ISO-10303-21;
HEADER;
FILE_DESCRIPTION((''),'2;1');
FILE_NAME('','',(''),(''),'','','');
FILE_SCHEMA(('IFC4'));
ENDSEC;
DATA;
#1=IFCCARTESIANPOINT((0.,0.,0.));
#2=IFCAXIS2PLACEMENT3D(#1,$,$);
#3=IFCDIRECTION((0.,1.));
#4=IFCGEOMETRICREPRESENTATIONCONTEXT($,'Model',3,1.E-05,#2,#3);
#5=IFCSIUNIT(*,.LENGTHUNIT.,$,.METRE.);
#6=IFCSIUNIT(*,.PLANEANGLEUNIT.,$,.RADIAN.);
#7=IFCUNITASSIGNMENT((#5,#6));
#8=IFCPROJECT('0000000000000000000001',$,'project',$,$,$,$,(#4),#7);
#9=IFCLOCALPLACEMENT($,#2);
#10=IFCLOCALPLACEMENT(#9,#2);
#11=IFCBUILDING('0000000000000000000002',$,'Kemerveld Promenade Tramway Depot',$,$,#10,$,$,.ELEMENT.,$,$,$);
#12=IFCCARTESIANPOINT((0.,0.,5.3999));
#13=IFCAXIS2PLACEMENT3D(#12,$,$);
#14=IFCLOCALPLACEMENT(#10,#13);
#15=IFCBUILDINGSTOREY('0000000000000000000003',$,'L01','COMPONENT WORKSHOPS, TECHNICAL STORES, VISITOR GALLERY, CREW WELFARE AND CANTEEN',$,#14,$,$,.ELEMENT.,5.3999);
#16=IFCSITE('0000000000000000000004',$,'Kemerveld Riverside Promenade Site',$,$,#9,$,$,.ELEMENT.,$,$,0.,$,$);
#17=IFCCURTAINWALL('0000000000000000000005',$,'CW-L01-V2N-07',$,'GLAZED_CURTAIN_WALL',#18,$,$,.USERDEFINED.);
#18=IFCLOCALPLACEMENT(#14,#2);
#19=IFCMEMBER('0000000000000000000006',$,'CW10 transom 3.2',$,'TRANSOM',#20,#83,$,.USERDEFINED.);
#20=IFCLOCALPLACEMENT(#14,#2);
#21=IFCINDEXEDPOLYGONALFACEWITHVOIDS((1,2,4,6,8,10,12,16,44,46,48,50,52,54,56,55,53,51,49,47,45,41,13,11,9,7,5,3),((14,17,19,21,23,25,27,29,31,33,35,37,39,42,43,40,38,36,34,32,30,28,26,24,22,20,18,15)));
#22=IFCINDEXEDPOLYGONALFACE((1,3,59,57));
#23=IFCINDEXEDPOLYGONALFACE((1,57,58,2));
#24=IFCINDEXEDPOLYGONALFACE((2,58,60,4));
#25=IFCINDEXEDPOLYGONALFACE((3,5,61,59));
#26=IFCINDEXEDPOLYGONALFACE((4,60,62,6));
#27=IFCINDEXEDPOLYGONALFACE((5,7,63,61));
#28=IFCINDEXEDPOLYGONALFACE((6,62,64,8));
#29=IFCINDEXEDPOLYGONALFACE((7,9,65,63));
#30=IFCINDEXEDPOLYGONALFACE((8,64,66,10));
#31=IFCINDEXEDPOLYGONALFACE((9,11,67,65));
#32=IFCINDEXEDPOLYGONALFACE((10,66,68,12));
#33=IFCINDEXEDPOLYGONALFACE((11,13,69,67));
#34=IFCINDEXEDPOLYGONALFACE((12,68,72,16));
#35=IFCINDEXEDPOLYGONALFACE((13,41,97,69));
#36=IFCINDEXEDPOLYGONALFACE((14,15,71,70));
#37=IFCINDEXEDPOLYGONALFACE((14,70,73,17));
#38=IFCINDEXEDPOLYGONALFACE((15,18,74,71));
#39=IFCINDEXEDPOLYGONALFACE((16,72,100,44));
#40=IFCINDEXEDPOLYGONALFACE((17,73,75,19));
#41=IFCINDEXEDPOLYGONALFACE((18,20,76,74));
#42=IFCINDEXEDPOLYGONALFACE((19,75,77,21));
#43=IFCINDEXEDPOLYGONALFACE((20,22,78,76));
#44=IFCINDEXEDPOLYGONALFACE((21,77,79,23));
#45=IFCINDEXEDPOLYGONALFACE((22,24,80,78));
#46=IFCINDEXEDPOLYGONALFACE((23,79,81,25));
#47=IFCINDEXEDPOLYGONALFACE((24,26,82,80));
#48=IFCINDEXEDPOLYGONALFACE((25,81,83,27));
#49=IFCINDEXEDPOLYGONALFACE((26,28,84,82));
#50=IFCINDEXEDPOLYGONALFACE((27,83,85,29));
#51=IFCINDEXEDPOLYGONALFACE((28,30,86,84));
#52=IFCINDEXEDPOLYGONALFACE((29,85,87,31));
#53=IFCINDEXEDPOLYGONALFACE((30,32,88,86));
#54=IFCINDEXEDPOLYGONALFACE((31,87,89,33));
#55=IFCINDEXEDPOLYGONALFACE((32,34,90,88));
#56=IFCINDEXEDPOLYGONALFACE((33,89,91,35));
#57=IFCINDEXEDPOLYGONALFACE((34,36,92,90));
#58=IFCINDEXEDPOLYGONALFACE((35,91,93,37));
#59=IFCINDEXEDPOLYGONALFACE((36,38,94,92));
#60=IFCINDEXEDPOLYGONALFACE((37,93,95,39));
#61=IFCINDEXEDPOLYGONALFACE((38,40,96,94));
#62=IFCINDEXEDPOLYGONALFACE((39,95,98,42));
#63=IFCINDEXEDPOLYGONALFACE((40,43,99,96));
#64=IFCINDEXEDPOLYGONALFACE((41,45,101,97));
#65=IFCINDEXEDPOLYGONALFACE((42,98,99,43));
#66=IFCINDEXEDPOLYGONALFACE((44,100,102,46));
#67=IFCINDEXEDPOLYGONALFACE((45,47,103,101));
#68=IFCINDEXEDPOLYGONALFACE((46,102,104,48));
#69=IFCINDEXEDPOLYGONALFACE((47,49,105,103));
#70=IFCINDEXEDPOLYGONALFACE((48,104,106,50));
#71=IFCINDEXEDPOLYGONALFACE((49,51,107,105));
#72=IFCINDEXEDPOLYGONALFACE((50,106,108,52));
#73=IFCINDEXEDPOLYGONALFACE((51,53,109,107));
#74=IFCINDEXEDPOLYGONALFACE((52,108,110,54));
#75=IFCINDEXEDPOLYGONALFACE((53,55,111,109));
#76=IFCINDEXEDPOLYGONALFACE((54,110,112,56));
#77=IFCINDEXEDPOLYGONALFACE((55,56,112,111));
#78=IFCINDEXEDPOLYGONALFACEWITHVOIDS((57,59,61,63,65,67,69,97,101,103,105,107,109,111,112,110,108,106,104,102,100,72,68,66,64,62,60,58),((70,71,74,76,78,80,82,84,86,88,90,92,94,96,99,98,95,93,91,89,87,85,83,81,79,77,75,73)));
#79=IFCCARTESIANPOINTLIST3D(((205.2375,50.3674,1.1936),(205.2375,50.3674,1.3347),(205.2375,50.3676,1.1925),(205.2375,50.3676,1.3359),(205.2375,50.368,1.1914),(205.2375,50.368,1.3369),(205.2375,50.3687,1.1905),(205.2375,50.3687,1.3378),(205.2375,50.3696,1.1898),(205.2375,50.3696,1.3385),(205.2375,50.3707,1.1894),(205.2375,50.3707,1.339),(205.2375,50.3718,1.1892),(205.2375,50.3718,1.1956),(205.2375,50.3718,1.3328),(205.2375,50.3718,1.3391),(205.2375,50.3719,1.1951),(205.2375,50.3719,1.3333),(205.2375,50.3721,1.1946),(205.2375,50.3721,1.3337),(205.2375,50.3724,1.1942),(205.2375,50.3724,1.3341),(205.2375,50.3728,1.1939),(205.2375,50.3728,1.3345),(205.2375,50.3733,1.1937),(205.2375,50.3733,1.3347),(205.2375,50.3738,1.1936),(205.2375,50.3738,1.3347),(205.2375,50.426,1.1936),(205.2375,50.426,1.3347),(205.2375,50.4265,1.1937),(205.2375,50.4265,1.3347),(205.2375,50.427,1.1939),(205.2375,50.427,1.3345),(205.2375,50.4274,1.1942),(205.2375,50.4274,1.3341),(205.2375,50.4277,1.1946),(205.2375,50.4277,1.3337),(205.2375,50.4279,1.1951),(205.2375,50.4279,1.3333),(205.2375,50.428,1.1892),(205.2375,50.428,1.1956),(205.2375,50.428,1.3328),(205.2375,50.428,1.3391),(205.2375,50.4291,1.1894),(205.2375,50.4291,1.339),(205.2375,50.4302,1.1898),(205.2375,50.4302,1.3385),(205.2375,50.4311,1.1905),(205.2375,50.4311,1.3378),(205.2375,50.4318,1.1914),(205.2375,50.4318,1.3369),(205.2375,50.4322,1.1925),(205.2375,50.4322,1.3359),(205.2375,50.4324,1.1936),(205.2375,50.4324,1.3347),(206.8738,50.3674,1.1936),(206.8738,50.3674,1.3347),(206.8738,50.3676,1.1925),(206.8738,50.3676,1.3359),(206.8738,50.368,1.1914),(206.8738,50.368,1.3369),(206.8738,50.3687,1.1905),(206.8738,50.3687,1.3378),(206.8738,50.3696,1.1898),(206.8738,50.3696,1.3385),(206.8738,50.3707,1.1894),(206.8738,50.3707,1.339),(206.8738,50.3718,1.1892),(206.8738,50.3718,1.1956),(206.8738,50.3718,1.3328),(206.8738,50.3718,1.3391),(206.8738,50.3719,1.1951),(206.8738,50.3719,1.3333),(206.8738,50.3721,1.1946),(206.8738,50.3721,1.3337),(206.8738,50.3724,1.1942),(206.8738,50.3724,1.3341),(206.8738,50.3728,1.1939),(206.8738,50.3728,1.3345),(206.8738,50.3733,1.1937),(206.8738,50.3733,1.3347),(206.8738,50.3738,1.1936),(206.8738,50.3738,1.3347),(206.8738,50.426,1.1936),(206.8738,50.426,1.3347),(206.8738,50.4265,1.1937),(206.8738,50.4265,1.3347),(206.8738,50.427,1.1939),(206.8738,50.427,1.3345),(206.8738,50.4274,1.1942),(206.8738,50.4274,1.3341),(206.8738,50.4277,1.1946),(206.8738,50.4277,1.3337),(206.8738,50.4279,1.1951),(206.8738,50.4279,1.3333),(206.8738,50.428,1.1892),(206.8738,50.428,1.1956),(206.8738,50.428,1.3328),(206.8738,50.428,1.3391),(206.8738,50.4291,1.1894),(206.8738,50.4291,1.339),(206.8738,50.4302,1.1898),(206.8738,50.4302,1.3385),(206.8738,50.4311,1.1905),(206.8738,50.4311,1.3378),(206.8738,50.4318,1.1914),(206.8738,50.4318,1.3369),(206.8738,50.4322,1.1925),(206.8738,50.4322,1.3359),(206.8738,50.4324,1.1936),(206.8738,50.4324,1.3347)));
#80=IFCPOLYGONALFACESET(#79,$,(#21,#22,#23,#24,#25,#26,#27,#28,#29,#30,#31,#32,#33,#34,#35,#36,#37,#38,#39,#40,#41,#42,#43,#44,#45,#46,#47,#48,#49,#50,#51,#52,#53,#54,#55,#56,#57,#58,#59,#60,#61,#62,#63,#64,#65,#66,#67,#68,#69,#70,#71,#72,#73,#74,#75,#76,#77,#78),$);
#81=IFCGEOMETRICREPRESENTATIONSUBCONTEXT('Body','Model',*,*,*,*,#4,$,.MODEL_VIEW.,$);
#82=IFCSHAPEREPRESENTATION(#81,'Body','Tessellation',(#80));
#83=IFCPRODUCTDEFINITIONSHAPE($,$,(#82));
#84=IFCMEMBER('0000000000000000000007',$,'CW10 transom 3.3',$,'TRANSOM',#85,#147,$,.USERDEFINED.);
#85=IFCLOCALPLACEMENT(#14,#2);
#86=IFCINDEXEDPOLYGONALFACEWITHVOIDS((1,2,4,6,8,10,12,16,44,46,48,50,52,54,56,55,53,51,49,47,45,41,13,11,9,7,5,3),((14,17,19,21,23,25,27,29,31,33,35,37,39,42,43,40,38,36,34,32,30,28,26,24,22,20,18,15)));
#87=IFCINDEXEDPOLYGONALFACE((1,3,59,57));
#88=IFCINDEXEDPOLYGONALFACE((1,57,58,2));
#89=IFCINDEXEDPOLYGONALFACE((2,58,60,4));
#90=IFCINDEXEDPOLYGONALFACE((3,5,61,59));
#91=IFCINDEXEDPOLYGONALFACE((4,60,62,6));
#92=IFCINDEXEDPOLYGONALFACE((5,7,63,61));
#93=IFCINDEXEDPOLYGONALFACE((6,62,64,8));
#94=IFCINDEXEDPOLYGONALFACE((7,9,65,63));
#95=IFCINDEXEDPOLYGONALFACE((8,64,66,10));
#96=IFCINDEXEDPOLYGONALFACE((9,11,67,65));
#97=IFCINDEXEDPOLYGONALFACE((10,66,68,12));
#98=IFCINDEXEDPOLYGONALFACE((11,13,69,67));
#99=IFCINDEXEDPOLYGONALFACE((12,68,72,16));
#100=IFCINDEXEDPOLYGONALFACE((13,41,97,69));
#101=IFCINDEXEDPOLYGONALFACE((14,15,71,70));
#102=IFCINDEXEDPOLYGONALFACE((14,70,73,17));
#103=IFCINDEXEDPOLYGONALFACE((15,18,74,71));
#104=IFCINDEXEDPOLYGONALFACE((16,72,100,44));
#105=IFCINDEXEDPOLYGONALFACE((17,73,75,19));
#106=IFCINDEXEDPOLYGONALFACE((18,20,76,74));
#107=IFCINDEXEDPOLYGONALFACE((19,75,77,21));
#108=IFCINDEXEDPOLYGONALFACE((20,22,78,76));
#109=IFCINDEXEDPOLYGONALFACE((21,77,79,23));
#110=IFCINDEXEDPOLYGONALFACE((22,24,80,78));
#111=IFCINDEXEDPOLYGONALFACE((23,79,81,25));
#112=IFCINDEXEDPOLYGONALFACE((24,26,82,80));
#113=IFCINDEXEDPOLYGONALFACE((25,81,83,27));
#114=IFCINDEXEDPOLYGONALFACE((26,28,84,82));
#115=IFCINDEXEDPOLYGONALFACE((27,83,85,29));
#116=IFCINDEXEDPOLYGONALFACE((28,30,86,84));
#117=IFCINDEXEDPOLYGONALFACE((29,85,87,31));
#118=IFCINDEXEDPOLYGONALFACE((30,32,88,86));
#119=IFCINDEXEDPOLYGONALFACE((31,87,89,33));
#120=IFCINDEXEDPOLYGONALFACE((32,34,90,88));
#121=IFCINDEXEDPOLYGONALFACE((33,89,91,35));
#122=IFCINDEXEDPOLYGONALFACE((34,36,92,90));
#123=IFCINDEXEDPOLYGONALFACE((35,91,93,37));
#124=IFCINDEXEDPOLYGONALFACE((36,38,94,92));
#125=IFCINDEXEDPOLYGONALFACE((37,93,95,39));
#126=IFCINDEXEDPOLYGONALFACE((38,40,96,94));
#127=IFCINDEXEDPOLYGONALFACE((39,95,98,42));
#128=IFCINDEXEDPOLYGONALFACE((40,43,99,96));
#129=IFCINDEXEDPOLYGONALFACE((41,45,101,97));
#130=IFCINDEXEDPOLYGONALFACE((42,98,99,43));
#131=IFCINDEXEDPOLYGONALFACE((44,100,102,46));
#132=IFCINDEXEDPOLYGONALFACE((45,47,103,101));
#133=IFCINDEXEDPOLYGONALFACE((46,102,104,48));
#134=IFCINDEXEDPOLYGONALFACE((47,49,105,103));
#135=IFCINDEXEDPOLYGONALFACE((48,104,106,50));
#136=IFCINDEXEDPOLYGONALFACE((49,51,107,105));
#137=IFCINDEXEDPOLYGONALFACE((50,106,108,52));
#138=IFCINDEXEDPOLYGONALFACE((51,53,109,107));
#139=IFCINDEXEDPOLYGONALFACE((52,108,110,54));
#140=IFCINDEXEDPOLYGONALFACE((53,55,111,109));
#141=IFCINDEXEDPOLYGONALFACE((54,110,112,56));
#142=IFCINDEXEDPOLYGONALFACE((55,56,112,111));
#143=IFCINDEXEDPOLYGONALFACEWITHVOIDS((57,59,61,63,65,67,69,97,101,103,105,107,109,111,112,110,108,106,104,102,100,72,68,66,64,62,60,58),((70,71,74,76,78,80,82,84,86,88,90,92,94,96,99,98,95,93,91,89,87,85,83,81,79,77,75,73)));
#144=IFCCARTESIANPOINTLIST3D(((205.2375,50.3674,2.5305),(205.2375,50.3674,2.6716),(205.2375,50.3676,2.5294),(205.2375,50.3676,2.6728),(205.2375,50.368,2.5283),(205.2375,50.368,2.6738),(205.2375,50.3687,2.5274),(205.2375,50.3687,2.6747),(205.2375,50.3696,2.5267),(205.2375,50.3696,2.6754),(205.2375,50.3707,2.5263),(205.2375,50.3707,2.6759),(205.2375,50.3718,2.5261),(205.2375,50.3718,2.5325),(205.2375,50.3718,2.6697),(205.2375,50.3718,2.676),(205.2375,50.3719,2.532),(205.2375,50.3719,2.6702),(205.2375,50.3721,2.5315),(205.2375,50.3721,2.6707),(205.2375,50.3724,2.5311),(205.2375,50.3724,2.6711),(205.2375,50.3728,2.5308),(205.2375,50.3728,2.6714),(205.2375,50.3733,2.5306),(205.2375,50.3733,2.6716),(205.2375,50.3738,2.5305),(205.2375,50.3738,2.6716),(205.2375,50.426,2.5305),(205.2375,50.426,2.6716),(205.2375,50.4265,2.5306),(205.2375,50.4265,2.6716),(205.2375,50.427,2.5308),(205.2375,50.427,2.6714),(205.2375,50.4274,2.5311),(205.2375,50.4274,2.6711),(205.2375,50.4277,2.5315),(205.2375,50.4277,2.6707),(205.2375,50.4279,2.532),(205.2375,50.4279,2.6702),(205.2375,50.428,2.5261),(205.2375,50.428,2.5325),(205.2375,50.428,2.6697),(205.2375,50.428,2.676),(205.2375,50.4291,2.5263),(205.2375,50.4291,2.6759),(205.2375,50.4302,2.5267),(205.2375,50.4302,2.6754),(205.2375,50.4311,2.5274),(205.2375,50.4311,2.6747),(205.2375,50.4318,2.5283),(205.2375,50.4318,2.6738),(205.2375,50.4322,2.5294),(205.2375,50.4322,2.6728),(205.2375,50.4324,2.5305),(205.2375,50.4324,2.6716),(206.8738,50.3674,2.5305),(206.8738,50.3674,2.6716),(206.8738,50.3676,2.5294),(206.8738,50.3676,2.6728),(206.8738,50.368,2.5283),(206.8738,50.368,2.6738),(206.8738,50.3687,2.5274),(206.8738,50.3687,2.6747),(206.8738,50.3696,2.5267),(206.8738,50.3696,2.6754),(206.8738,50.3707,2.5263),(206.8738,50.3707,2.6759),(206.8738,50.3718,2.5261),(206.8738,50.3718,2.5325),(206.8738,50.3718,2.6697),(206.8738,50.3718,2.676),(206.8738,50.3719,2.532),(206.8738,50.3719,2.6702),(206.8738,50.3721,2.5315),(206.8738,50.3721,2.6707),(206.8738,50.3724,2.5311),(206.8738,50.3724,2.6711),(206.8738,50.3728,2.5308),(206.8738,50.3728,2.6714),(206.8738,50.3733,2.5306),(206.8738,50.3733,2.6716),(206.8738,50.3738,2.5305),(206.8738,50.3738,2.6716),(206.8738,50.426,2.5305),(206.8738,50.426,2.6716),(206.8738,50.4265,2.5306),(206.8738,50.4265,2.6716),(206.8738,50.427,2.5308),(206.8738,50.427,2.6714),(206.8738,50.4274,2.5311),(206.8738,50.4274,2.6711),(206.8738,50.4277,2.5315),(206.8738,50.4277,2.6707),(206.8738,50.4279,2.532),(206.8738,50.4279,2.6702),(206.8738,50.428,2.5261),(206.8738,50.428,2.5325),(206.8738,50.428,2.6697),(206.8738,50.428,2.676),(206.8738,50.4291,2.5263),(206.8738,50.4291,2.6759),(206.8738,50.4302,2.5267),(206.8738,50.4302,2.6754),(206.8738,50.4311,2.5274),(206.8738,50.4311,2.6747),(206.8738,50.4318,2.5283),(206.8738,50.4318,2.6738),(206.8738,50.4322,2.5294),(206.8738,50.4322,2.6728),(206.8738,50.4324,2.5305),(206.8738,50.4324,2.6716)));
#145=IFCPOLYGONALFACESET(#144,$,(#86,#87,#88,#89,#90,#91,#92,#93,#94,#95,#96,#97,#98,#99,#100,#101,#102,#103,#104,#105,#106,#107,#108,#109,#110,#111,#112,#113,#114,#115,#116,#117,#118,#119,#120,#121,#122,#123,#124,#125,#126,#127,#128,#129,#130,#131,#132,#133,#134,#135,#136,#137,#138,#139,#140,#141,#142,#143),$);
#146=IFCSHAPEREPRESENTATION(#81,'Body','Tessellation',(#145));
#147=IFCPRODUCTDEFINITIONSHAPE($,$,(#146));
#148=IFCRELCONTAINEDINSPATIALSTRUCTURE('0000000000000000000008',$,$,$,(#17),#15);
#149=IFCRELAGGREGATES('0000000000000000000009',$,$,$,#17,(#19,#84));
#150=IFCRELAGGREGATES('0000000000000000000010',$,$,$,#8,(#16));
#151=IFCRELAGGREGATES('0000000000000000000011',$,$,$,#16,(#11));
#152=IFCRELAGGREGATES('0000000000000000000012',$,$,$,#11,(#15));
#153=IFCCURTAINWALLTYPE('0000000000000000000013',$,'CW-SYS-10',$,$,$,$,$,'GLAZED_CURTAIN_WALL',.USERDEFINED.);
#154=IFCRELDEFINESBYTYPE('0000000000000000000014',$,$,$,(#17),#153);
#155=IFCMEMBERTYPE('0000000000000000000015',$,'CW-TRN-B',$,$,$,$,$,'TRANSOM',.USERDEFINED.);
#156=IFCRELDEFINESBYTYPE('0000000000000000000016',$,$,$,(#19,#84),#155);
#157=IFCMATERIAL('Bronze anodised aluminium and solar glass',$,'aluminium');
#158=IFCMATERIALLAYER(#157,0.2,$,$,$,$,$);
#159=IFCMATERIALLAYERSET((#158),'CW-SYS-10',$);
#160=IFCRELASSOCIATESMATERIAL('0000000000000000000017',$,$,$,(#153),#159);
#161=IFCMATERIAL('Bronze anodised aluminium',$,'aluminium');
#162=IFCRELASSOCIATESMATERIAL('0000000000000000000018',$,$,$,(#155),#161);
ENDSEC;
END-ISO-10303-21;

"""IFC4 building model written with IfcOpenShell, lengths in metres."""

from ifc_helpers import new_model, si_unit, direction, frame, origin, origin_2d, place, context, subcontext, project, spatial, hollow_rectangle, extrude, material, layer, layer_set, material_profile, profile_set, type_object, element, aggregate, save


model = new_model("IFC4")

# Units and contexts
model_context = context("Model", 3, precision=1e-05, world=origin(), true_north=direction((0.0, 1.0)))
body_context = subcontext(model_context, "Body", "Model", "MODEL_VIEW")
ifc_project = project(units=[si_unit("LENGTHUNIT", "METRE"), si_unit("PLANEANGLEUNIT", "RADIAN")], contexts=[model_context])

# Site, building, storey
site_placement = place(None, origin())
site = spatial("IfcSite", under=ifc_project, at=site_placement, Name="Kemerveld Riverside Promenade Site", CompositionType="ELEMENT", RefElevation=0.0)
building_placement = place(site_placement, origin())
building = spatial("IfcBuilding", under=site, at=building_placement, Name="Kemerveld Promenade Tramway Depot", CompositionType="ELEMENT")
storey_placement = place(building_placement, frame((0.0, 0.0, 5.3999)))
storey = spatial("IfcBuildingStorey", under=building, at=storey_placement, Name="L01", Description="COMPONENT WORKSHOPS, TECHNICAL STORES, VISITOR GALLERY, CREW WELFARE AND CANTEEN", CompositionType="ELEMENT", Elevation=5.3999)

# Curtain wall, members
ifc_material_1 = material(Name="Bronze anodised aluminium and solar glass", Category="aluminium")
ifc_layer_1 = layer(ifc_material_1, 0.2)
ifc_layer_set_1 = layer_set([ifc_layer_1], Name="CW-SYS-10")
curtain_wall_type = type_object("IfcCurtainWallType", Name="CW-SYS-10", ElementType="GLAZED_CURTAIN_WALL", PredefinedType="USERDEFINED", material=ifc_layer_set_1)
curtain_wall_placement = place(storey_placement, origin())
curtain_wall = element("IfcCurtainWall", 1, at=curtain_wall_placement, inside=storey, type_object=curtain_wall_type, Name="CW-L01-V2N-07", ObjectType="GLAZED_CURTAIN_WALL", PredefinedType="USERDEFINED")
ifc_material_2 = material(Name="Bronze anodised aluminium", Category="aluminium")
ifc_material_profile_1 = material_profile(ifc_material_2, hollow_rectangle(XDim=0.0649, YDim=0.1499, WallThickness=0.0044, InnerFilletRadius=0.002, OuterFilletRadius=0.0044, at=origin_2d()), Name="CW-TRN-150x65")
ifc_profile_set_1 = profile_set([ifc_material_profile_1], Name="Bronze anodised aluminium")
member_type_1 = type_object("IfcMemberType", Name="CW-TRN-B", ElementType="TRANSOM", PredefinedType="USERDEFINED", material=ifc_profile_set_1)
member_1_placement = place(storey_placement, frame((205.2375, 50.3999, 1.2642), z_axis=(1.0, 0.0, 0.0), x_axis=(0.0, 1.0, 0.0)))
member_1 = element("IfcMember", 2, at=member_1_placement, type_object=member_type_1, Name="CW10 transom 3.2", ObjectType="TRANSOM", PredefinedType="USERDEFINED", context=body_context, shape_type="SweptSolid", body=[
    extrude(hollow_rectangle(XDim=0.0649, YDim=0.1499, WallThickness=0.0044, InnerFilletRadius=0.002, OuterFilletRadius=0.0044, at=origin_2d()), origin(), (0.0, 0.0, 1.0), 1.6362),
])
member_2_placement = place(storey_placement, frame((205.2375, 50.3999, 2.6011), z_axis=(1.0, 0.0, 0.0), x_axis=(0.0, 1.0, 0.0)))
member_2 = element("IfcMember", 3, at=member_2_placement, type_object=member_type_1, Name="CW10 transom 3.3", ObjectType="TRANSOM", PredefinedType="USERDEFINED", context=body_context, shape_type="SweptSolid", body=[
    extrude(hollow_rectangle(XDim=0.0649, YDim=0.1499, WallThickness=0.0044, InnerFilletRadius=0.002, OuterFilletRadius=0.0044, at=origin_2d()), origin(), (0.0, 0.0, 1.0), 1.6362),
])
aggregate(curtain_wall, [member_1, member_2])

save(model, "model.ifc")
